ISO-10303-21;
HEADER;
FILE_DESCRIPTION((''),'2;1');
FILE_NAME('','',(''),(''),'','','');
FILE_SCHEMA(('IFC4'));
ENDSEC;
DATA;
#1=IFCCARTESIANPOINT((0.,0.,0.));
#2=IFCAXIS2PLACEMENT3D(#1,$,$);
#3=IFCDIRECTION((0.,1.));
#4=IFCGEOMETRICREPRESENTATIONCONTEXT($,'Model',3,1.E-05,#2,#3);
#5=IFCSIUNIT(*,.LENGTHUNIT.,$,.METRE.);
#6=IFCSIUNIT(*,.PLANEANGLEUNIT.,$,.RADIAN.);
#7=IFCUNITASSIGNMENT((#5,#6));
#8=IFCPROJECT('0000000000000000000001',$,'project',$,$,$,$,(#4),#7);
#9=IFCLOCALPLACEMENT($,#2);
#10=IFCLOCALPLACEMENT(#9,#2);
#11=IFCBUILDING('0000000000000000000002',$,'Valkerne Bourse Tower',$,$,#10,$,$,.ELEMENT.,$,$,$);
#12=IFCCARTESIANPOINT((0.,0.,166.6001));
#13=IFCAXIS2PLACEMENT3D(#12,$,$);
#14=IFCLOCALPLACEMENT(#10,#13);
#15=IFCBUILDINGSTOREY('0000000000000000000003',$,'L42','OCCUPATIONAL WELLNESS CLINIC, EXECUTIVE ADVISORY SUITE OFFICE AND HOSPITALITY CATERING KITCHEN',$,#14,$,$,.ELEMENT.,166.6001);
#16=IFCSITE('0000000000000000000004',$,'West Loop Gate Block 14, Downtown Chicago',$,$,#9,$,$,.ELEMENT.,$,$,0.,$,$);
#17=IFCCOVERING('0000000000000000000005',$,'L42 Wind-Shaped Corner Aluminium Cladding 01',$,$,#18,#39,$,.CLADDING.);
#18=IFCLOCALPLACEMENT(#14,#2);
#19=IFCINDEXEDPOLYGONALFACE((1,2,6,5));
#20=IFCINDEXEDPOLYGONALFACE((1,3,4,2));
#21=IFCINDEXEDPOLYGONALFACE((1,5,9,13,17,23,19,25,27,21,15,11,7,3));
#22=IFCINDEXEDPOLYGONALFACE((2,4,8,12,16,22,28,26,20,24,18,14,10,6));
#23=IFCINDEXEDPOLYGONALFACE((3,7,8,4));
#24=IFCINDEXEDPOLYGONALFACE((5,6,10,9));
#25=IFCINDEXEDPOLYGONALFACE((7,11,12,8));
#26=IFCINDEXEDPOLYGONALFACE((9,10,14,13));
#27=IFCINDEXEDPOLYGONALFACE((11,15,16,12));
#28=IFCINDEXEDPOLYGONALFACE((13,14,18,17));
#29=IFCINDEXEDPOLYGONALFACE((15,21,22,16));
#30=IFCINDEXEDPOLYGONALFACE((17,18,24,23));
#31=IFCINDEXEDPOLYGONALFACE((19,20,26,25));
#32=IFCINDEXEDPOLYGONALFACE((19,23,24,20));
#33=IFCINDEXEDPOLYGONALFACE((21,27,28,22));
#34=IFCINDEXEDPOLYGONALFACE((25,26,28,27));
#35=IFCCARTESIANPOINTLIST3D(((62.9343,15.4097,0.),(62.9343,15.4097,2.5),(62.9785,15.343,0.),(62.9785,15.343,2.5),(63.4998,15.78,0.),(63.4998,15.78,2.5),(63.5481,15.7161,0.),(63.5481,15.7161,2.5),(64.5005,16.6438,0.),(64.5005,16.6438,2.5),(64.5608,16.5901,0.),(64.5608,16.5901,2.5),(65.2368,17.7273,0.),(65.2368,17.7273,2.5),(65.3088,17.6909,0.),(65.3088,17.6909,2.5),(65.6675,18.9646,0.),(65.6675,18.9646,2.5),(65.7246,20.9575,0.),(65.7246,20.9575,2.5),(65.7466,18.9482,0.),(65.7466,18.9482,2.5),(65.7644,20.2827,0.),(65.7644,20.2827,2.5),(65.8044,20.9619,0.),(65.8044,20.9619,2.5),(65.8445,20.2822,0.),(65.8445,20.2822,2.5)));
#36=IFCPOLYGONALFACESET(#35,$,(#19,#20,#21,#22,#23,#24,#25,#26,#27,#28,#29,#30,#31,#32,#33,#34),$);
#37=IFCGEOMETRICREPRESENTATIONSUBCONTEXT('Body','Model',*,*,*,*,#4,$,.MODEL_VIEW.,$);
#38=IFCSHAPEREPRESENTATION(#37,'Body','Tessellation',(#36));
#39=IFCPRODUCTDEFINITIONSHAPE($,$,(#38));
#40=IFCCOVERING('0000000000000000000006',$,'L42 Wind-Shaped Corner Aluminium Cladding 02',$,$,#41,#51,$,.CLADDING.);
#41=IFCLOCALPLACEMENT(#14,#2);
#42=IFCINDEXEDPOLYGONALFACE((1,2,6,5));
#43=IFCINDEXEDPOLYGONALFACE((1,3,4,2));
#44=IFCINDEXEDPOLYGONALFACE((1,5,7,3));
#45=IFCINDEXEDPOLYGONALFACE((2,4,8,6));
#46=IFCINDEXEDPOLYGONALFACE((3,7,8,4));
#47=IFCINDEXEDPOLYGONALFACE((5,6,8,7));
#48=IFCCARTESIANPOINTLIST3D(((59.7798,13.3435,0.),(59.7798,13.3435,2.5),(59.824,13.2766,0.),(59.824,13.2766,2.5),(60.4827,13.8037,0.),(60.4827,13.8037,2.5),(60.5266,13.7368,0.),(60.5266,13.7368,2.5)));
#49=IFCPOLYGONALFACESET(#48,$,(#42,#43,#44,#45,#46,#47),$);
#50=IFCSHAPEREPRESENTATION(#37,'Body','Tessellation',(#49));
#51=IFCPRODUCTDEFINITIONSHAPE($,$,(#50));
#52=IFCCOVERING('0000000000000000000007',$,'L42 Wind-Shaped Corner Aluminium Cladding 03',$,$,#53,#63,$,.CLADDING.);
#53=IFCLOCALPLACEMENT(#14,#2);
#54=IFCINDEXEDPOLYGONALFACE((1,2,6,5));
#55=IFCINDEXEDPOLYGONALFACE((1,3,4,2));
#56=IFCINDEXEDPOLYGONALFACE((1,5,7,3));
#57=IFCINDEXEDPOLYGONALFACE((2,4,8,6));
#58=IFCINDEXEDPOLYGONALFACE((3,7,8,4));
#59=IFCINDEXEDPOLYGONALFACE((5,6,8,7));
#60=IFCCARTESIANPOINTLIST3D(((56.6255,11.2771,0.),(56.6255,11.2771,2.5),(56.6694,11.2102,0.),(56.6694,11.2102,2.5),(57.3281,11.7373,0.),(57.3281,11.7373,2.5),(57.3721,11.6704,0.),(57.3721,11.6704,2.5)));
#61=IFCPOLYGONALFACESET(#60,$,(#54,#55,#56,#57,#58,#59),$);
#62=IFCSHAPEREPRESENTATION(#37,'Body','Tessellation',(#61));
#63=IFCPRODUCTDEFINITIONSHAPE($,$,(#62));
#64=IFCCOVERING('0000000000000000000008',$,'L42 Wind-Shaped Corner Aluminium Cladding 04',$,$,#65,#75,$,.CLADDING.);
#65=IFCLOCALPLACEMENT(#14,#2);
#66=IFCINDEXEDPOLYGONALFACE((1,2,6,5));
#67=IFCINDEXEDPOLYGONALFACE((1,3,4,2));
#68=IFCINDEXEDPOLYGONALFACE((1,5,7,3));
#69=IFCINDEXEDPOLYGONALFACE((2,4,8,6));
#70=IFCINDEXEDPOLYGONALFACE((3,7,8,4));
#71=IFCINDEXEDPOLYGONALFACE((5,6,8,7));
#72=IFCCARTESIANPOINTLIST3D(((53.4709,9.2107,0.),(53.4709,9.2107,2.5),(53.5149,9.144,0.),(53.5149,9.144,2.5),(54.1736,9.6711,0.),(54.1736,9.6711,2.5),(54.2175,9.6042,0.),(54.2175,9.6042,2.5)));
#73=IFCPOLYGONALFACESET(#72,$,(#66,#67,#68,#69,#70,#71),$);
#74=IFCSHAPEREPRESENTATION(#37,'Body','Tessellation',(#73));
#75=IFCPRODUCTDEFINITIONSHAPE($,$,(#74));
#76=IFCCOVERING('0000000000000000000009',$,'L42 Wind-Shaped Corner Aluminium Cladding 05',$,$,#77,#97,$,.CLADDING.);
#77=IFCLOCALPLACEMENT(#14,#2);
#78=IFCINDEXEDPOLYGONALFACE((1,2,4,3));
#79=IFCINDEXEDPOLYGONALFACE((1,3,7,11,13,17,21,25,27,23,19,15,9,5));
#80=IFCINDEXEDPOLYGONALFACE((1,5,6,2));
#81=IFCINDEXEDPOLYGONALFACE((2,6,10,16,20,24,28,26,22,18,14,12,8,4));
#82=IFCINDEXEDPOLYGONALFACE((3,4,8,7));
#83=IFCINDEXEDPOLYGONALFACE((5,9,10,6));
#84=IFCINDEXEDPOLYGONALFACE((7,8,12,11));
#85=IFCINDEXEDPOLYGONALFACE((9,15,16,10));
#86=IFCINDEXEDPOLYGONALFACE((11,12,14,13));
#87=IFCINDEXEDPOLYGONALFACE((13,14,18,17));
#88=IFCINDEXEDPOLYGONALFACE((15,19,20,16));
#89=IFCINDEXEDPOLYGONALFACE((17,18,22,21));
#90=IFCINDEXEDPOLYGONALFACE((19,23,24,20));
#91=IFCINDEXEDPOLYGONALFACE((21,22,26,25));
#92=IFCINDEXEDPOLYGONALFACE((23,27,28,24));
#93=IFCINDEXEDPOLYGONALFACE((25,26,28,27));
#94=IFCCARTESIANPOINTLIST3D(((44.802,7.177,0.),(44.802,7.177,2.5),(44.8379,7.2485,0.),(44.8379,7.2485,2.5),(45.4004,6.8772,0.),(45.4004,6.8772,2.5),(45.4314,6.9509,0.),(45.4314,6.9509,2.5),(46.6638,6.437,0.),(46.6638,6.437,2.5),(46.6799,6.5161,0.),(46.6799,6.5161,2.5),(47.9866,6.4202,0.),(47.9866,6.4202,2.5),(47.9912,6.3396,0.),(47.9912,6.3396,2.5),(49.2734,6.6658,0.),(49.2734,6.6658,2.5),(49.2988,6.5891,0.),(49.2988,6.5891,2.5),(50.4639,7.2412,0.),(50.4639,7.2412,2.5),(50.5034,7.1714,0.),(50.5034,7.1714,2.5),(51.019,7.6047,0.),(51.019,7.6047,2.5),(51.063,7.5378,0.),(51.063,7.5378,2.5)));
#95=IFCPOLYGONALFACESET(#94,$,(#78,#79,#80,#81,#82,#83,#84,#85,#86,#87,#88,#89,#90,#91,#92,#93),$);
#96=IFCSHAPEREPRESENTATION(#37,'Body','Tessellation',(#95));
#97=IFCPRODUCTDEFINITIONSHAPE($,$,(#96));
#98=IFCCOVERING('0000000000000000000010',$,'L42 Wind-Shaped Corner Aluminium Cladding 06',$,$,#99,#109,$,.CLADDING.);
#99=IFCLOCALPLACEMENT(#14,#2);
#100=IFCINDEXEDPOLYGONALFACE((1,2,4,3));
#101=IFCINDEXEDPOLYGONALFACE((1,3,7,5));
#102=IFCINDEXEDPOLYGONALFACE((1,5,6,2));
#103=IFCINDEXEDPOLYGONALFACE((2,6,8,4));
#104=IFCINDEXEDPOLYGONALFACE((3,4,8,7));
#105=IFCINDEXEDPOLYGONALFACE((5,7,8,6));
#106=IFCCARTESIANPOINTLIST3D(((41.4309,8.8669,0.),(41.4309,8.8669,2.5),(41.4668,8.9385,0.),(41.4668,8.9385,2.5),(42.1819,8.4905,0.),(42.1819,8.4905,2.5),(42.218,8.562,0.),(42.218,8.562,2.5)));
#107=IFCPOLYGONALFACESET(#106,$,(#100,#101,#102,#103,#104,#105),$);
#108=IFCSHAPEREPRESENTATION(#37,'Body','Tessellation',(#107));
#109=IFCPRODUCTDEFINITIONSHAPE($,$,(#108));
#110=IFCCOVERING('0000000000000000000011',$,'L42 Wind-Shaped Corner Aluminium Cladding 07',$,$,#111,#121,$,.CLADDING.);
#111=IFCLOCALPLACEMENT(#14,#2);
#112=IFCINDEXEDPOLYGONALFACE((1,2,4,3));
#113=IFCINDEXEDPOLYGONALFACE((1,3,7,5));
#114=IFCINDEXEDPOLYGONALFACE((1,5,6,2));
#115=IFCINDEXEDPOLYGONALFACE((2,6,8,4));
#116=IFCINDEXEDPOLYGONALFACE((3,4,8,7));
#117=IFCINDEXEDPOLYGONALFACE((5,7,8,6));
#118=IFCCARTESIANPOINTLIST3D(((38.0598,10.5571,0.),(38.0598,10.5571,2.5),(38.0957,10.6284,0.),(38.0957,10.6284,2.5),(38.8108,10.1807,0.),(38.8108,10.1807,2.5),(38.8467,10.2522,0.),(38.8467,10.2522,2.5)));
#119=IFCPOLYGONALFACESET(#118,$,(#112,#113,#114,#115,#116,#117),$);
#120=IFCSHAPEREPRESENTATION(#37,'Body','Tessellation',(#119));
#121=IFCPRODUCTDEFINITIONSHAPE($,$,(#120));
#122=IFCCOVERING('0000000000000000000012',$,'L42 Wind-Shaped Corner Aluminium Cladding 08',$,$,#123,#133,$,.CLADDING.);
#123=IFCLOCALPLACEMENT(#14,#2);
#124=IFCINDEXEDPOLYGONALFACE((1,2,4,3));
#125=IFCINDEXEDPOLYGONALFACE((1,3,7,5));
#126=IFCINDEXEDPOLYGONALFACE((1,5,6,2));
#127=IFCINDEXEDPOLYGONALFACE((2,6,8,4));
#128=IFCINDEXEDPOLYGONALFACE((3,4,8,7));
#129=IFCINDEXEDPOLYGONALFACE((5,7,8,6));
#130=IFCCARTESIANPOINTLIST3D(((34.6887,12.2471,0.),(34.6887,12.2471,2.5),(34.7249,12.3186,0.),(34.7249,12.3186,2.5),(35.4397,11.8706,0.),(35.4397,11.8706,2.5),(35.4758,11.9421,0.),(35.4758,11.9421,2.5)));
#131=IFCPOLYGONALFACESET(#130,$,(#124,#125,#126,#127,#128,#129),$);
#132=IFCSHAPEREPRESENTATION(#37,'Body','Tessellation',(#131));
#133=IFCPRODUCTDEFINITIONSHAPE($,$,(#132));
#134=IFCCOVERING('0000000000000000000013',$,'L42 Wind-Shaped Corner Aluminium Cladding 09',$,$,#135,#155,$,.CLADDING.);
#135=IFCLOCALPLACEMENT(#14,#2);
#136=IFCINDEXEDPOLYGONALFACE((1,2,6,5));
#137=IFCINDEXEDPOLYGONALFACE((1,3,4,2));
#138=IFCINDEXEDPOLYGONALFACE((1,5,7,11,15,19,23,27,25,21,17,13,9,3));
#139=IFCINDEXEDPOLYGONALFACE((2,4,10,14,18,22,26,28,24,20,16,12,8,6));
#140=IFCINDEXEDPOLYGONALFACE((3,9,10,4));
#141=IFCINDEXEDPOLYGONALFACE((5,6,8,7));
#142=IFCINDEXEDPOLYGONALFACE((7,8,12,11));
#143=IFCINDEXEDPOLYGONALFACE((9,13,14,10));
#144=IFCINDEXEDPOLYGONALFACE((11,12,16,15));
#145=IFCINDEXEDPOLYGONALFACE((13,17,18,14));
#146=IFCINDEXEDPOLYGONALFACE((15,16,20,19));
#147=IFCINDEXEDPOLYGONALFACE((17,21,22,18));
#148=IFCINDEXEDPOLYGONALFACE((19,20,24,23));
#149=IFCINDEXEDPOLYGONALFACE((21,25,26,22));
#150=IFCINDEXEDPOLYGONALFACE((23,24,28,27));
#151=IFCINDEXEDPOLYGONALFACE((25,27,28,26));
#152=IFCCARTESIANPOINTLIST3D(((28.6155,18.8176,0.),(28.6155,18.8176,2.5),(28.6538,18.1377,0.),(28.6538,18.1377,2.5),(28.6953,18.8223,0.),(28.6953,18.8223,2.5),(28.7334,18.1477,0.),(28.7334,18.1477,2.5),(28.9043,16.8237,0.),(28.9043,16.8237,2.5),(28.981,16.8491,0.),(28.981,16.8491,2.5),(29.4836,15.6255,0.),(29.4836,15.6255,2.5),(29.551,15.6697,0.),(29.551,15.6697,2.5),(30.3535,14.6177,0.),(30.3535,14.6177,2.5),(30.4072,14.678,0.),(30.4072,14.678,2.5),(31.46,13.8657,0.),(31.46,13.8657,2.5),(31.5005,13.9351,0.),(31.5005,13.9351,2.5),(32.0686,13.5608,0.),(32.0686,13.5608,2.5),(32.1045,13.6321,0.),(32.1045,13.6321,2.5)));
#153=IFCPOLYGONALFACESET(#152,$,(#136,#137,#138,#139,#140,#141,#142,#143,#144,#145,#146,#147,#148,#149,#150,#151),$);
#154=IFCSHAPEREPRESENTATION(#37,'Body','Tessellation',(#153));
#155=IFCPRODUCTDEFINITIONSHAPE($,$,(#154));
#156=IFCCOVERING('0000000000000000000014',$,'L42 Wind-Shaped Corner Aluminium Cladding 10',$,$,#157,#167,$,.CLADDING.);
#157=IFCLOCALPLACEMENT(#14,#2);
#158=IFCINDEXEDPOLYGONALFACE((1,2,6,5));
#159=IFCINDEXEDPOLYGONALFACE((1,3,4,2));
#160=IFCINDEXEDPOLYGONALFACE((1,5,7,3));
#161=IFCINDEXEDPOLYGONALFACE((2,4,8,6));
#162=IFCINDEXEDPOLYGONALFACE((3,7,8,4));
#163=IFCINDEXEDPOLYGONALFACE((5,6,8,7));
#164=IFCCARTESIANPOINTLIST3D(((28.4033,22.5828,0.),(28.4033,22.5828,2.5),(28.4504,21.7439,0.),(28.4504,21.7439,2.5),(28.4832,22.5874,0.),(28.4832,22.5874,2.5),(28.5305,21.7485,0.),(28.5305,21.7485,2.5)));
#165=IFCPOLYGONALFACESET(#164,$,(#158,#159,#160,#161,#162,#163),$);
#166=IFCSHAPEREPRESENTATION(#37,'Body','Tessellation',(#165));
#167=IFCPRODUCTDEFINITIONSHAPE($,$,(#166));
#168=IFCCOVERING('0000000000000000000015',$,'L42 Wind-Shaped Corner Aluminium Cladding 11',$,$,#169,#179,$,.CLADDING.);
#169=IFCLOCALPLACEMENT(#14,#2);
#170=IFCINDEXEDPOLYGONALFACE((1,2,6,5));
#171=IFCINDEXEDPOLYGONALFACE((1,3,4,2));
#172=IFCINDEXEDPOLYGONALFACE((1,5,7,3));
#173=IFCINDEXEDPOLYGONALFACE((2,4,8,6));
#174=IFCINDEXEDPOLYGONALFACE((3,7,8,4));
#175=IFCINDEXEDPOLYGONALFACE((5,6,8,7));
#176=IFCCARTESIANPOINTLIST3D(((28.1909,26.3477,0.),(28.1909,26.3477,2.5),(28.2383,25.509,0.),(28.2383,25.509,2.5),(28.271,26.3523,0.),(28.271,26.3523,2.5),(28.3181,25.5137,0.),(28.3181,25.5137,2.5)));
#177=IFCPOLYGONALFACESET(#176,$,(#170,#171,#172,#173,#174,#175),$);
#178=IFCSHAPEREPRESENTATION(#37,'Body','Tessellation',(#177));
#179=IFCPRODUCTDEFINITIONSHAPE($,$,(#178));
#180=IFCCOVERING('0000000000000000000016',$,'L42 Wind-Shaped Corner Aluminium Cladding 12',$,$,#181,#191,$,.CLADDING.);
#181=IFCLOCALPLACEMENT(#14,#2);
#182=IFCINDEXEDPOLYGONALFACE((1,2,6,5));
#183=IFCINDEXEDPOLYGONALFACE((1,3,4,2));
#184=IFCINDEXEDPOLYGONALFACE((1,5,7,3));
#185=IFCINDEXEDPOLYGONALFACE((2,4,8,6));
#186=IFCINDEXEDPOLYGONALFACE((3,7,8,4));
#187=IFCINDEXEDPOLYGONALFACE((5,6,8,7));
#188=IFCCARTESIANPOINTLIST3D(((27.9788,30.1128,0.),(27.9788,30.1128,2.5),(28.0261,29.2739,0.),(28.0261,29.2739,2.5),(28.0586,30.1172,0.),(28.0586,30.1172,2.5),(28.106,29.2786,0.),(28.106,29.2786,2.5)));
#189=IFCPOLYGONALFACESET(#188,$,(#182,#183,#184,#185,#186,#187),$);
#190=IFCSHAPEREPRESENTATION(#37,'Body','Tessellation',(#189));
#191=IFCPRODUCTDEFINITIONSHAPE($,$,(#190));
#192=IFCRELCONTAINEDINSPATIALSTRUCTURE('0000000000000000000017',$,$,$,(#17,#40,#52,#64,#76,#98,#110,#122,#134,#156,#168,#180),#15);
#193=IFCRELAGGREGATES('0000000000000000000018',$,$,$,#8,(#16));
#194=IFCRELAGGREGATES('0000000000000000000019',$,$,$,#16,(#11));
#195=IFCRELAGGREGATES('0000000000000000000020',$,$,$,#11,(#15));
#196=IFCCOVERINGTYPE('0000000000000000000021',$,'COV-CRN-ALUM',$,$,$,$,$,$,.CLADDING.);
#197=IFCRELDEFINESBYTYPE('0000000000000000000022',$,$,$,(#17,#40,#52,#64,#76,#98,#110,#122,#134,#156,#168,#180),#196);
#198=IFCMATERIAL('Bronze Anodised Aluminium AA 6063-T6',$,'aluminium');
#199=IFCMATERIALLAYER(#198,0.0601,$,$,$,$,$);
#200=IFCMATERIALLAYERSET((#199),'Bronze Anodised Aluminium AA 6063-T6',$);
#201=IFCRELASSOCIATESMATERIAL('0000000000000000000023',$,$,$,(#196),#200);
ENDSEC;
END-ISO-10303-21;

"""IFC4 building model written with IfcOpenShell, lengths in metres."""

from ifc_helpers import new_model, si_unit, direction, frame, origin, place, context, subcontext, project, spatial, polyline, outline, extrude, material, layer, layer_set, type_object, element, save


model = new_model("IFC4")

# Units and contexts
model_context = context("Model", 3, precision=1e-05, world=origin(), true_north=direction((0.0, 1.0)))
body_context = subcontext(model_context, "Body", "Model", "MODEL_VIEW")
ifc_project = project(units=[si_unit("LENGTHUNIT", "METRE"), si_unit("PLANEANGLEUNIT", "RADIAN")], contexts=[model_context])

# Site, building, storey
site_placement = place(None, origin())
site = spatial("IfcSite", under=ifc_project, at=site_placement, Name="West Loop Gate Block 14, Downtown Chicago", CompositionType="ELEMENT", RefElevation=0.0)
building_placement = place(site_placement, origin())
building = spatial("IfcBuilding", under=site, at=building_placement, Name="Valkerne Bourse Tower", CompositionType="ELEMENT")
storey_placement = place(building_placement, frame((0.0, 0.0, 166.6001)))
storey = spatial("IfcBuildingStorey", under=building, at=storey_placement, Name="L42", Description="OCCUPATIONAL WELLNESS CLINIC, EXECUTIVE ADVISORY SUITE OFFICE AND HOSPITALITY CATERING KITCHEN", CompositionType="ELEMENT", Elevation=166.6001)

# Coverings
ifc_material_1 = material(Name="Bronze Anodised Aluminium AA 6063-T6", Category="aluminium")
ifc_layer_1 = layer(ifc_material_1, 0.0601)
ifc_layer_set_1 = layer_set([ifc_layer_1], Name="Bronze Anodised Aluminium AA 6063-T6")
covering_type = type_object("IfcCoveringType", Name="COV-CRN-ALUM", PredefinedType="CLADDING", material=ifc_layer_set_1)
covering_1_placement = place(storey_placement, origin())
element("IfcCovering", 1, at=covering_1_placement, inside=storey, type_object=covering_type, Name="L42 Wind-Shaped Corner Aluminium Cladding 01", PredefinedType="CLADDING", context=body_context, shape_type="SweptSolid", body=[
    extrude(outline(polyline([(65.7466, 18.9482), (65.3088, 17.6909), (64.5608, 16.5901), (63.5481, 15.7161), (62.9785, 15.343), (62.9343, 15.4097), (63.4998, 15.78), (64.5005, 16.6438), (65.2368, 17.7273), (65.6675, 18.9646), (65.7644, 20.2827), (65.7246, 20.9575), (65.8044, 20.9619), (65.8445, 20.2822), (65.7466, 18.9482)])), origin(), (0.0, 0.0, 1.0), 2.5),
])
covering_2_placement = place(storey_placement, origin())
element("IfcCovering", 2, at=covering_2_placement, inside=storey, type_object=covering_type, Name="L42 Wind-Shaped Corner Aluminium Cladding 02", PredefinedType="CLADDING", context=body_context, shape_type="SweptSolid", body=[
    extrude(outline(polyline([(59.824, 13.2766), (59.7798, 13.3435), (60.4827, 13.8037), (60.5266, 13.7368), (59.824, 13.2766)])), origin(), (0.0, 0.0, 1.0), 2.5),
])
covering_3_placement = place(storey_placement, origin())
element("IfcCovering", 3, at=covering_3_placement, inside=storey, type_object=covering_type, Name="L42 Wind-Shaped Corner Aluminium Cladding 03", PredefinedType="CLADDING", context=body_context, shape_type="SweptSolid", body=[
    extrude(outline(polyline([(56.6694, 11.2102), (56.6255, 11.2771), (57.3281, 11.7373), (57.3721, 11.6704), (56.6694, 11.2102)])), origin(), (0.0, 0.0, 1.0), 2.5),
])
covering_4_placement = place(storey_placement, origin())
element("IfcCovering", 4, at=covering_4_placement, inside=storey, type_object=covering_type, Name="L42 Wind-Shaped Corner Aluminium Cladding 04", PredefinedType="CLADDING", context=body_context, shape_type="SweptSolid", body=[
    extrude(outline(polyline([(53.5149, 9.144), (53.4709, 9.2107), (54.1736, 9.6711), (54.2175, 9.6042), (53.5149, 9.144)])), origin(), (0.0, 0.0, 1.0), 2.5),
])
covering_5_placement = place(storey_placement, origin())
element("IfcCovering", 5, at=covering_5_placement, inside=storey, type_object=covering_type, Name="L42 Wind-Shaped Corner Aluminium Cladding 05", PredefinedType="CLADDING", context=body_context, shape_type="SweptSolid", body=[
    extrude(outline(polyline([(50.5034, 7.1714), (49.2988, 6.5891), (47.9912, 6.3396), (46.6638, 6.437), (45.4004, 6.8772), (44.802, 7.177), (44.8379, 7.2485), (45.4314, 6.9509), (46.6799, 6.5161), (47.9866, 6.4202), (49.2734, 6.6658), (50.4639, 7.2412), (51.019, 7.6047), (51.063, 7.5378), (50.5034, 7.1714)])), origin(), (0.0, 0.0, 1.0), 2.5),
])
covering_6_placement = place(storey_placement, origin())
element("IfcCovering", 6, at=covering_6_placement, inside=storey, type_object=covering_type, Name="L42 Wind-Shaped Corner Aluminium Cladding 06", PredefinedType="CLADDING", context=body_context, shape_type="SweptSolid", body=[
    extrude(outline(polyline([(41.4309, 8.8669), (41.4668, 8.9385), (42.218, 8.562), (42.1819, 8.4905), (41.4309, 8.8669)])), origin(), (0.0, 0.0, 1.0), 2.5),
])
covering_7_placement = place(storey_placement, origin())
element("IfcCovering", 7, at=covering_7_placement, inside=storey, type_object=covering_type, Name="L42 Wind-Shaped Corner Aluminium Cladding 07", PredefinedType="CLADDING", context=body_context, shape_type="SweptSolid", body=[
    extrude(outline(polyline([(38.0598, 10.5571), (38.0957, 10.6284), (38.8467, 10.2522), (38.8108, 10.1807), (38.0598, 10.5571)])), origin(), (0.0, 0.0, 1.0), 2.5),
])
covering_8_placement = place(storey_placement, origin())
element("IfcCovering", 8, at=covering_8_placement, inside=storey, type_object=covering_type, Name="L42 Wind-Shaped Corner Aluminium Cladding 08", PredefinedType="CLADDING", context=body_context, shape_type="SweptSolid", body=[
    extrude(outline(polyline([(34.6887, 12.2471), (34.7249, 12.3186), (35.4758, 11.9421), (35.4397, 11.8706), (34.6887, 12.2471)])), origin(), (0.0, 0.0, 1.0), 2.5),
])
covering_9_placement = place(storey_placement, origin())
element("IfcCovering", 9, at=covering_9_placement, inside=storey, type_object=covering_type, Name="L42 Wind-Shaped Corner Aluminium Cladding 09", PredefinedType="CLADDING", context=body_context, shape_type="SweptSolid", body=[
    extrude(outline(polyline([(31.46, 13.8657), (30.3535, 14.6177), (29.4836, 15.6255), (28.9043, 16.8237), (28.6538, 18.1377), (28.6155, 18.8176), (28.6953, 18.8223), (28.7334, 18.1477), (28.981, 16.8491), (29.551, 15.6697), (30.4072, 14.678), (31.5005, 13.9351), (32.1045, 13.6321), (32.0686, 13.5608), (31.46, 13.8657)])), origin(), (0.0, 0.0, 1.0), 2.5),
])
covering_10_placement = place(storey_placement, origin())
element("IfcCovering", 10, at=covering_10_placement, inside=storey, type_object=covering_type, Name="L42 Wind-Shaped Corner Aluminium Cladding 10", PredefinedType="CLADDING", context=body_context, shape_type="SweptSolid", body=[
    extrude(outline(polyline([(28.4033, 22.5828), (28.4832, 22.5874), (28.5305, 21.7485), (28.4504, 21.7439), (28.4033, 22.5828)])), origin(), (0.0, 0.0, 1.0), 2.5),
])
covering_11_placement = place(storey_placement, origin())
element("IfcCovering", 11, at=covering_11_placement, inside=storey, type_object=covering_type, Name="L42 Wind-Shaped Corner Aluminium Cladding 11", PredefinedType="CLADDING", context=body_context, shape_type="SweptSolid", body=[
    extrude(outline(polyline([(28.1909, 26.3477), (28.271, 26.3523), (28.3181, 25.5137), (28.2383, 25.509), (28.1909, 26.3477)])), origin(), (0.0, 0.0, 1.0), 2.5),
])
covering_12_placement = place(storey_placement, origin())
element("IfcCovering", 12, at=covering_12_placement, inside=storey, type_object=covering_type, Name="L42 Wind-Shaped Corner Aluminium Cladding 12", PredefinedType="CLADDING", context=body_context, shape_type="SweptSolid", body=[
    extrude(outline(polyline([(27.9788, 30.1128), (28.0586, 30.1172), (28.106, 29.2786), (28.0261, 29.2739), (27.9788, 30.1128)])), origin(), (0.0, 0.0, 1.0), 2.5),
])

save(model, "model.ifc")
